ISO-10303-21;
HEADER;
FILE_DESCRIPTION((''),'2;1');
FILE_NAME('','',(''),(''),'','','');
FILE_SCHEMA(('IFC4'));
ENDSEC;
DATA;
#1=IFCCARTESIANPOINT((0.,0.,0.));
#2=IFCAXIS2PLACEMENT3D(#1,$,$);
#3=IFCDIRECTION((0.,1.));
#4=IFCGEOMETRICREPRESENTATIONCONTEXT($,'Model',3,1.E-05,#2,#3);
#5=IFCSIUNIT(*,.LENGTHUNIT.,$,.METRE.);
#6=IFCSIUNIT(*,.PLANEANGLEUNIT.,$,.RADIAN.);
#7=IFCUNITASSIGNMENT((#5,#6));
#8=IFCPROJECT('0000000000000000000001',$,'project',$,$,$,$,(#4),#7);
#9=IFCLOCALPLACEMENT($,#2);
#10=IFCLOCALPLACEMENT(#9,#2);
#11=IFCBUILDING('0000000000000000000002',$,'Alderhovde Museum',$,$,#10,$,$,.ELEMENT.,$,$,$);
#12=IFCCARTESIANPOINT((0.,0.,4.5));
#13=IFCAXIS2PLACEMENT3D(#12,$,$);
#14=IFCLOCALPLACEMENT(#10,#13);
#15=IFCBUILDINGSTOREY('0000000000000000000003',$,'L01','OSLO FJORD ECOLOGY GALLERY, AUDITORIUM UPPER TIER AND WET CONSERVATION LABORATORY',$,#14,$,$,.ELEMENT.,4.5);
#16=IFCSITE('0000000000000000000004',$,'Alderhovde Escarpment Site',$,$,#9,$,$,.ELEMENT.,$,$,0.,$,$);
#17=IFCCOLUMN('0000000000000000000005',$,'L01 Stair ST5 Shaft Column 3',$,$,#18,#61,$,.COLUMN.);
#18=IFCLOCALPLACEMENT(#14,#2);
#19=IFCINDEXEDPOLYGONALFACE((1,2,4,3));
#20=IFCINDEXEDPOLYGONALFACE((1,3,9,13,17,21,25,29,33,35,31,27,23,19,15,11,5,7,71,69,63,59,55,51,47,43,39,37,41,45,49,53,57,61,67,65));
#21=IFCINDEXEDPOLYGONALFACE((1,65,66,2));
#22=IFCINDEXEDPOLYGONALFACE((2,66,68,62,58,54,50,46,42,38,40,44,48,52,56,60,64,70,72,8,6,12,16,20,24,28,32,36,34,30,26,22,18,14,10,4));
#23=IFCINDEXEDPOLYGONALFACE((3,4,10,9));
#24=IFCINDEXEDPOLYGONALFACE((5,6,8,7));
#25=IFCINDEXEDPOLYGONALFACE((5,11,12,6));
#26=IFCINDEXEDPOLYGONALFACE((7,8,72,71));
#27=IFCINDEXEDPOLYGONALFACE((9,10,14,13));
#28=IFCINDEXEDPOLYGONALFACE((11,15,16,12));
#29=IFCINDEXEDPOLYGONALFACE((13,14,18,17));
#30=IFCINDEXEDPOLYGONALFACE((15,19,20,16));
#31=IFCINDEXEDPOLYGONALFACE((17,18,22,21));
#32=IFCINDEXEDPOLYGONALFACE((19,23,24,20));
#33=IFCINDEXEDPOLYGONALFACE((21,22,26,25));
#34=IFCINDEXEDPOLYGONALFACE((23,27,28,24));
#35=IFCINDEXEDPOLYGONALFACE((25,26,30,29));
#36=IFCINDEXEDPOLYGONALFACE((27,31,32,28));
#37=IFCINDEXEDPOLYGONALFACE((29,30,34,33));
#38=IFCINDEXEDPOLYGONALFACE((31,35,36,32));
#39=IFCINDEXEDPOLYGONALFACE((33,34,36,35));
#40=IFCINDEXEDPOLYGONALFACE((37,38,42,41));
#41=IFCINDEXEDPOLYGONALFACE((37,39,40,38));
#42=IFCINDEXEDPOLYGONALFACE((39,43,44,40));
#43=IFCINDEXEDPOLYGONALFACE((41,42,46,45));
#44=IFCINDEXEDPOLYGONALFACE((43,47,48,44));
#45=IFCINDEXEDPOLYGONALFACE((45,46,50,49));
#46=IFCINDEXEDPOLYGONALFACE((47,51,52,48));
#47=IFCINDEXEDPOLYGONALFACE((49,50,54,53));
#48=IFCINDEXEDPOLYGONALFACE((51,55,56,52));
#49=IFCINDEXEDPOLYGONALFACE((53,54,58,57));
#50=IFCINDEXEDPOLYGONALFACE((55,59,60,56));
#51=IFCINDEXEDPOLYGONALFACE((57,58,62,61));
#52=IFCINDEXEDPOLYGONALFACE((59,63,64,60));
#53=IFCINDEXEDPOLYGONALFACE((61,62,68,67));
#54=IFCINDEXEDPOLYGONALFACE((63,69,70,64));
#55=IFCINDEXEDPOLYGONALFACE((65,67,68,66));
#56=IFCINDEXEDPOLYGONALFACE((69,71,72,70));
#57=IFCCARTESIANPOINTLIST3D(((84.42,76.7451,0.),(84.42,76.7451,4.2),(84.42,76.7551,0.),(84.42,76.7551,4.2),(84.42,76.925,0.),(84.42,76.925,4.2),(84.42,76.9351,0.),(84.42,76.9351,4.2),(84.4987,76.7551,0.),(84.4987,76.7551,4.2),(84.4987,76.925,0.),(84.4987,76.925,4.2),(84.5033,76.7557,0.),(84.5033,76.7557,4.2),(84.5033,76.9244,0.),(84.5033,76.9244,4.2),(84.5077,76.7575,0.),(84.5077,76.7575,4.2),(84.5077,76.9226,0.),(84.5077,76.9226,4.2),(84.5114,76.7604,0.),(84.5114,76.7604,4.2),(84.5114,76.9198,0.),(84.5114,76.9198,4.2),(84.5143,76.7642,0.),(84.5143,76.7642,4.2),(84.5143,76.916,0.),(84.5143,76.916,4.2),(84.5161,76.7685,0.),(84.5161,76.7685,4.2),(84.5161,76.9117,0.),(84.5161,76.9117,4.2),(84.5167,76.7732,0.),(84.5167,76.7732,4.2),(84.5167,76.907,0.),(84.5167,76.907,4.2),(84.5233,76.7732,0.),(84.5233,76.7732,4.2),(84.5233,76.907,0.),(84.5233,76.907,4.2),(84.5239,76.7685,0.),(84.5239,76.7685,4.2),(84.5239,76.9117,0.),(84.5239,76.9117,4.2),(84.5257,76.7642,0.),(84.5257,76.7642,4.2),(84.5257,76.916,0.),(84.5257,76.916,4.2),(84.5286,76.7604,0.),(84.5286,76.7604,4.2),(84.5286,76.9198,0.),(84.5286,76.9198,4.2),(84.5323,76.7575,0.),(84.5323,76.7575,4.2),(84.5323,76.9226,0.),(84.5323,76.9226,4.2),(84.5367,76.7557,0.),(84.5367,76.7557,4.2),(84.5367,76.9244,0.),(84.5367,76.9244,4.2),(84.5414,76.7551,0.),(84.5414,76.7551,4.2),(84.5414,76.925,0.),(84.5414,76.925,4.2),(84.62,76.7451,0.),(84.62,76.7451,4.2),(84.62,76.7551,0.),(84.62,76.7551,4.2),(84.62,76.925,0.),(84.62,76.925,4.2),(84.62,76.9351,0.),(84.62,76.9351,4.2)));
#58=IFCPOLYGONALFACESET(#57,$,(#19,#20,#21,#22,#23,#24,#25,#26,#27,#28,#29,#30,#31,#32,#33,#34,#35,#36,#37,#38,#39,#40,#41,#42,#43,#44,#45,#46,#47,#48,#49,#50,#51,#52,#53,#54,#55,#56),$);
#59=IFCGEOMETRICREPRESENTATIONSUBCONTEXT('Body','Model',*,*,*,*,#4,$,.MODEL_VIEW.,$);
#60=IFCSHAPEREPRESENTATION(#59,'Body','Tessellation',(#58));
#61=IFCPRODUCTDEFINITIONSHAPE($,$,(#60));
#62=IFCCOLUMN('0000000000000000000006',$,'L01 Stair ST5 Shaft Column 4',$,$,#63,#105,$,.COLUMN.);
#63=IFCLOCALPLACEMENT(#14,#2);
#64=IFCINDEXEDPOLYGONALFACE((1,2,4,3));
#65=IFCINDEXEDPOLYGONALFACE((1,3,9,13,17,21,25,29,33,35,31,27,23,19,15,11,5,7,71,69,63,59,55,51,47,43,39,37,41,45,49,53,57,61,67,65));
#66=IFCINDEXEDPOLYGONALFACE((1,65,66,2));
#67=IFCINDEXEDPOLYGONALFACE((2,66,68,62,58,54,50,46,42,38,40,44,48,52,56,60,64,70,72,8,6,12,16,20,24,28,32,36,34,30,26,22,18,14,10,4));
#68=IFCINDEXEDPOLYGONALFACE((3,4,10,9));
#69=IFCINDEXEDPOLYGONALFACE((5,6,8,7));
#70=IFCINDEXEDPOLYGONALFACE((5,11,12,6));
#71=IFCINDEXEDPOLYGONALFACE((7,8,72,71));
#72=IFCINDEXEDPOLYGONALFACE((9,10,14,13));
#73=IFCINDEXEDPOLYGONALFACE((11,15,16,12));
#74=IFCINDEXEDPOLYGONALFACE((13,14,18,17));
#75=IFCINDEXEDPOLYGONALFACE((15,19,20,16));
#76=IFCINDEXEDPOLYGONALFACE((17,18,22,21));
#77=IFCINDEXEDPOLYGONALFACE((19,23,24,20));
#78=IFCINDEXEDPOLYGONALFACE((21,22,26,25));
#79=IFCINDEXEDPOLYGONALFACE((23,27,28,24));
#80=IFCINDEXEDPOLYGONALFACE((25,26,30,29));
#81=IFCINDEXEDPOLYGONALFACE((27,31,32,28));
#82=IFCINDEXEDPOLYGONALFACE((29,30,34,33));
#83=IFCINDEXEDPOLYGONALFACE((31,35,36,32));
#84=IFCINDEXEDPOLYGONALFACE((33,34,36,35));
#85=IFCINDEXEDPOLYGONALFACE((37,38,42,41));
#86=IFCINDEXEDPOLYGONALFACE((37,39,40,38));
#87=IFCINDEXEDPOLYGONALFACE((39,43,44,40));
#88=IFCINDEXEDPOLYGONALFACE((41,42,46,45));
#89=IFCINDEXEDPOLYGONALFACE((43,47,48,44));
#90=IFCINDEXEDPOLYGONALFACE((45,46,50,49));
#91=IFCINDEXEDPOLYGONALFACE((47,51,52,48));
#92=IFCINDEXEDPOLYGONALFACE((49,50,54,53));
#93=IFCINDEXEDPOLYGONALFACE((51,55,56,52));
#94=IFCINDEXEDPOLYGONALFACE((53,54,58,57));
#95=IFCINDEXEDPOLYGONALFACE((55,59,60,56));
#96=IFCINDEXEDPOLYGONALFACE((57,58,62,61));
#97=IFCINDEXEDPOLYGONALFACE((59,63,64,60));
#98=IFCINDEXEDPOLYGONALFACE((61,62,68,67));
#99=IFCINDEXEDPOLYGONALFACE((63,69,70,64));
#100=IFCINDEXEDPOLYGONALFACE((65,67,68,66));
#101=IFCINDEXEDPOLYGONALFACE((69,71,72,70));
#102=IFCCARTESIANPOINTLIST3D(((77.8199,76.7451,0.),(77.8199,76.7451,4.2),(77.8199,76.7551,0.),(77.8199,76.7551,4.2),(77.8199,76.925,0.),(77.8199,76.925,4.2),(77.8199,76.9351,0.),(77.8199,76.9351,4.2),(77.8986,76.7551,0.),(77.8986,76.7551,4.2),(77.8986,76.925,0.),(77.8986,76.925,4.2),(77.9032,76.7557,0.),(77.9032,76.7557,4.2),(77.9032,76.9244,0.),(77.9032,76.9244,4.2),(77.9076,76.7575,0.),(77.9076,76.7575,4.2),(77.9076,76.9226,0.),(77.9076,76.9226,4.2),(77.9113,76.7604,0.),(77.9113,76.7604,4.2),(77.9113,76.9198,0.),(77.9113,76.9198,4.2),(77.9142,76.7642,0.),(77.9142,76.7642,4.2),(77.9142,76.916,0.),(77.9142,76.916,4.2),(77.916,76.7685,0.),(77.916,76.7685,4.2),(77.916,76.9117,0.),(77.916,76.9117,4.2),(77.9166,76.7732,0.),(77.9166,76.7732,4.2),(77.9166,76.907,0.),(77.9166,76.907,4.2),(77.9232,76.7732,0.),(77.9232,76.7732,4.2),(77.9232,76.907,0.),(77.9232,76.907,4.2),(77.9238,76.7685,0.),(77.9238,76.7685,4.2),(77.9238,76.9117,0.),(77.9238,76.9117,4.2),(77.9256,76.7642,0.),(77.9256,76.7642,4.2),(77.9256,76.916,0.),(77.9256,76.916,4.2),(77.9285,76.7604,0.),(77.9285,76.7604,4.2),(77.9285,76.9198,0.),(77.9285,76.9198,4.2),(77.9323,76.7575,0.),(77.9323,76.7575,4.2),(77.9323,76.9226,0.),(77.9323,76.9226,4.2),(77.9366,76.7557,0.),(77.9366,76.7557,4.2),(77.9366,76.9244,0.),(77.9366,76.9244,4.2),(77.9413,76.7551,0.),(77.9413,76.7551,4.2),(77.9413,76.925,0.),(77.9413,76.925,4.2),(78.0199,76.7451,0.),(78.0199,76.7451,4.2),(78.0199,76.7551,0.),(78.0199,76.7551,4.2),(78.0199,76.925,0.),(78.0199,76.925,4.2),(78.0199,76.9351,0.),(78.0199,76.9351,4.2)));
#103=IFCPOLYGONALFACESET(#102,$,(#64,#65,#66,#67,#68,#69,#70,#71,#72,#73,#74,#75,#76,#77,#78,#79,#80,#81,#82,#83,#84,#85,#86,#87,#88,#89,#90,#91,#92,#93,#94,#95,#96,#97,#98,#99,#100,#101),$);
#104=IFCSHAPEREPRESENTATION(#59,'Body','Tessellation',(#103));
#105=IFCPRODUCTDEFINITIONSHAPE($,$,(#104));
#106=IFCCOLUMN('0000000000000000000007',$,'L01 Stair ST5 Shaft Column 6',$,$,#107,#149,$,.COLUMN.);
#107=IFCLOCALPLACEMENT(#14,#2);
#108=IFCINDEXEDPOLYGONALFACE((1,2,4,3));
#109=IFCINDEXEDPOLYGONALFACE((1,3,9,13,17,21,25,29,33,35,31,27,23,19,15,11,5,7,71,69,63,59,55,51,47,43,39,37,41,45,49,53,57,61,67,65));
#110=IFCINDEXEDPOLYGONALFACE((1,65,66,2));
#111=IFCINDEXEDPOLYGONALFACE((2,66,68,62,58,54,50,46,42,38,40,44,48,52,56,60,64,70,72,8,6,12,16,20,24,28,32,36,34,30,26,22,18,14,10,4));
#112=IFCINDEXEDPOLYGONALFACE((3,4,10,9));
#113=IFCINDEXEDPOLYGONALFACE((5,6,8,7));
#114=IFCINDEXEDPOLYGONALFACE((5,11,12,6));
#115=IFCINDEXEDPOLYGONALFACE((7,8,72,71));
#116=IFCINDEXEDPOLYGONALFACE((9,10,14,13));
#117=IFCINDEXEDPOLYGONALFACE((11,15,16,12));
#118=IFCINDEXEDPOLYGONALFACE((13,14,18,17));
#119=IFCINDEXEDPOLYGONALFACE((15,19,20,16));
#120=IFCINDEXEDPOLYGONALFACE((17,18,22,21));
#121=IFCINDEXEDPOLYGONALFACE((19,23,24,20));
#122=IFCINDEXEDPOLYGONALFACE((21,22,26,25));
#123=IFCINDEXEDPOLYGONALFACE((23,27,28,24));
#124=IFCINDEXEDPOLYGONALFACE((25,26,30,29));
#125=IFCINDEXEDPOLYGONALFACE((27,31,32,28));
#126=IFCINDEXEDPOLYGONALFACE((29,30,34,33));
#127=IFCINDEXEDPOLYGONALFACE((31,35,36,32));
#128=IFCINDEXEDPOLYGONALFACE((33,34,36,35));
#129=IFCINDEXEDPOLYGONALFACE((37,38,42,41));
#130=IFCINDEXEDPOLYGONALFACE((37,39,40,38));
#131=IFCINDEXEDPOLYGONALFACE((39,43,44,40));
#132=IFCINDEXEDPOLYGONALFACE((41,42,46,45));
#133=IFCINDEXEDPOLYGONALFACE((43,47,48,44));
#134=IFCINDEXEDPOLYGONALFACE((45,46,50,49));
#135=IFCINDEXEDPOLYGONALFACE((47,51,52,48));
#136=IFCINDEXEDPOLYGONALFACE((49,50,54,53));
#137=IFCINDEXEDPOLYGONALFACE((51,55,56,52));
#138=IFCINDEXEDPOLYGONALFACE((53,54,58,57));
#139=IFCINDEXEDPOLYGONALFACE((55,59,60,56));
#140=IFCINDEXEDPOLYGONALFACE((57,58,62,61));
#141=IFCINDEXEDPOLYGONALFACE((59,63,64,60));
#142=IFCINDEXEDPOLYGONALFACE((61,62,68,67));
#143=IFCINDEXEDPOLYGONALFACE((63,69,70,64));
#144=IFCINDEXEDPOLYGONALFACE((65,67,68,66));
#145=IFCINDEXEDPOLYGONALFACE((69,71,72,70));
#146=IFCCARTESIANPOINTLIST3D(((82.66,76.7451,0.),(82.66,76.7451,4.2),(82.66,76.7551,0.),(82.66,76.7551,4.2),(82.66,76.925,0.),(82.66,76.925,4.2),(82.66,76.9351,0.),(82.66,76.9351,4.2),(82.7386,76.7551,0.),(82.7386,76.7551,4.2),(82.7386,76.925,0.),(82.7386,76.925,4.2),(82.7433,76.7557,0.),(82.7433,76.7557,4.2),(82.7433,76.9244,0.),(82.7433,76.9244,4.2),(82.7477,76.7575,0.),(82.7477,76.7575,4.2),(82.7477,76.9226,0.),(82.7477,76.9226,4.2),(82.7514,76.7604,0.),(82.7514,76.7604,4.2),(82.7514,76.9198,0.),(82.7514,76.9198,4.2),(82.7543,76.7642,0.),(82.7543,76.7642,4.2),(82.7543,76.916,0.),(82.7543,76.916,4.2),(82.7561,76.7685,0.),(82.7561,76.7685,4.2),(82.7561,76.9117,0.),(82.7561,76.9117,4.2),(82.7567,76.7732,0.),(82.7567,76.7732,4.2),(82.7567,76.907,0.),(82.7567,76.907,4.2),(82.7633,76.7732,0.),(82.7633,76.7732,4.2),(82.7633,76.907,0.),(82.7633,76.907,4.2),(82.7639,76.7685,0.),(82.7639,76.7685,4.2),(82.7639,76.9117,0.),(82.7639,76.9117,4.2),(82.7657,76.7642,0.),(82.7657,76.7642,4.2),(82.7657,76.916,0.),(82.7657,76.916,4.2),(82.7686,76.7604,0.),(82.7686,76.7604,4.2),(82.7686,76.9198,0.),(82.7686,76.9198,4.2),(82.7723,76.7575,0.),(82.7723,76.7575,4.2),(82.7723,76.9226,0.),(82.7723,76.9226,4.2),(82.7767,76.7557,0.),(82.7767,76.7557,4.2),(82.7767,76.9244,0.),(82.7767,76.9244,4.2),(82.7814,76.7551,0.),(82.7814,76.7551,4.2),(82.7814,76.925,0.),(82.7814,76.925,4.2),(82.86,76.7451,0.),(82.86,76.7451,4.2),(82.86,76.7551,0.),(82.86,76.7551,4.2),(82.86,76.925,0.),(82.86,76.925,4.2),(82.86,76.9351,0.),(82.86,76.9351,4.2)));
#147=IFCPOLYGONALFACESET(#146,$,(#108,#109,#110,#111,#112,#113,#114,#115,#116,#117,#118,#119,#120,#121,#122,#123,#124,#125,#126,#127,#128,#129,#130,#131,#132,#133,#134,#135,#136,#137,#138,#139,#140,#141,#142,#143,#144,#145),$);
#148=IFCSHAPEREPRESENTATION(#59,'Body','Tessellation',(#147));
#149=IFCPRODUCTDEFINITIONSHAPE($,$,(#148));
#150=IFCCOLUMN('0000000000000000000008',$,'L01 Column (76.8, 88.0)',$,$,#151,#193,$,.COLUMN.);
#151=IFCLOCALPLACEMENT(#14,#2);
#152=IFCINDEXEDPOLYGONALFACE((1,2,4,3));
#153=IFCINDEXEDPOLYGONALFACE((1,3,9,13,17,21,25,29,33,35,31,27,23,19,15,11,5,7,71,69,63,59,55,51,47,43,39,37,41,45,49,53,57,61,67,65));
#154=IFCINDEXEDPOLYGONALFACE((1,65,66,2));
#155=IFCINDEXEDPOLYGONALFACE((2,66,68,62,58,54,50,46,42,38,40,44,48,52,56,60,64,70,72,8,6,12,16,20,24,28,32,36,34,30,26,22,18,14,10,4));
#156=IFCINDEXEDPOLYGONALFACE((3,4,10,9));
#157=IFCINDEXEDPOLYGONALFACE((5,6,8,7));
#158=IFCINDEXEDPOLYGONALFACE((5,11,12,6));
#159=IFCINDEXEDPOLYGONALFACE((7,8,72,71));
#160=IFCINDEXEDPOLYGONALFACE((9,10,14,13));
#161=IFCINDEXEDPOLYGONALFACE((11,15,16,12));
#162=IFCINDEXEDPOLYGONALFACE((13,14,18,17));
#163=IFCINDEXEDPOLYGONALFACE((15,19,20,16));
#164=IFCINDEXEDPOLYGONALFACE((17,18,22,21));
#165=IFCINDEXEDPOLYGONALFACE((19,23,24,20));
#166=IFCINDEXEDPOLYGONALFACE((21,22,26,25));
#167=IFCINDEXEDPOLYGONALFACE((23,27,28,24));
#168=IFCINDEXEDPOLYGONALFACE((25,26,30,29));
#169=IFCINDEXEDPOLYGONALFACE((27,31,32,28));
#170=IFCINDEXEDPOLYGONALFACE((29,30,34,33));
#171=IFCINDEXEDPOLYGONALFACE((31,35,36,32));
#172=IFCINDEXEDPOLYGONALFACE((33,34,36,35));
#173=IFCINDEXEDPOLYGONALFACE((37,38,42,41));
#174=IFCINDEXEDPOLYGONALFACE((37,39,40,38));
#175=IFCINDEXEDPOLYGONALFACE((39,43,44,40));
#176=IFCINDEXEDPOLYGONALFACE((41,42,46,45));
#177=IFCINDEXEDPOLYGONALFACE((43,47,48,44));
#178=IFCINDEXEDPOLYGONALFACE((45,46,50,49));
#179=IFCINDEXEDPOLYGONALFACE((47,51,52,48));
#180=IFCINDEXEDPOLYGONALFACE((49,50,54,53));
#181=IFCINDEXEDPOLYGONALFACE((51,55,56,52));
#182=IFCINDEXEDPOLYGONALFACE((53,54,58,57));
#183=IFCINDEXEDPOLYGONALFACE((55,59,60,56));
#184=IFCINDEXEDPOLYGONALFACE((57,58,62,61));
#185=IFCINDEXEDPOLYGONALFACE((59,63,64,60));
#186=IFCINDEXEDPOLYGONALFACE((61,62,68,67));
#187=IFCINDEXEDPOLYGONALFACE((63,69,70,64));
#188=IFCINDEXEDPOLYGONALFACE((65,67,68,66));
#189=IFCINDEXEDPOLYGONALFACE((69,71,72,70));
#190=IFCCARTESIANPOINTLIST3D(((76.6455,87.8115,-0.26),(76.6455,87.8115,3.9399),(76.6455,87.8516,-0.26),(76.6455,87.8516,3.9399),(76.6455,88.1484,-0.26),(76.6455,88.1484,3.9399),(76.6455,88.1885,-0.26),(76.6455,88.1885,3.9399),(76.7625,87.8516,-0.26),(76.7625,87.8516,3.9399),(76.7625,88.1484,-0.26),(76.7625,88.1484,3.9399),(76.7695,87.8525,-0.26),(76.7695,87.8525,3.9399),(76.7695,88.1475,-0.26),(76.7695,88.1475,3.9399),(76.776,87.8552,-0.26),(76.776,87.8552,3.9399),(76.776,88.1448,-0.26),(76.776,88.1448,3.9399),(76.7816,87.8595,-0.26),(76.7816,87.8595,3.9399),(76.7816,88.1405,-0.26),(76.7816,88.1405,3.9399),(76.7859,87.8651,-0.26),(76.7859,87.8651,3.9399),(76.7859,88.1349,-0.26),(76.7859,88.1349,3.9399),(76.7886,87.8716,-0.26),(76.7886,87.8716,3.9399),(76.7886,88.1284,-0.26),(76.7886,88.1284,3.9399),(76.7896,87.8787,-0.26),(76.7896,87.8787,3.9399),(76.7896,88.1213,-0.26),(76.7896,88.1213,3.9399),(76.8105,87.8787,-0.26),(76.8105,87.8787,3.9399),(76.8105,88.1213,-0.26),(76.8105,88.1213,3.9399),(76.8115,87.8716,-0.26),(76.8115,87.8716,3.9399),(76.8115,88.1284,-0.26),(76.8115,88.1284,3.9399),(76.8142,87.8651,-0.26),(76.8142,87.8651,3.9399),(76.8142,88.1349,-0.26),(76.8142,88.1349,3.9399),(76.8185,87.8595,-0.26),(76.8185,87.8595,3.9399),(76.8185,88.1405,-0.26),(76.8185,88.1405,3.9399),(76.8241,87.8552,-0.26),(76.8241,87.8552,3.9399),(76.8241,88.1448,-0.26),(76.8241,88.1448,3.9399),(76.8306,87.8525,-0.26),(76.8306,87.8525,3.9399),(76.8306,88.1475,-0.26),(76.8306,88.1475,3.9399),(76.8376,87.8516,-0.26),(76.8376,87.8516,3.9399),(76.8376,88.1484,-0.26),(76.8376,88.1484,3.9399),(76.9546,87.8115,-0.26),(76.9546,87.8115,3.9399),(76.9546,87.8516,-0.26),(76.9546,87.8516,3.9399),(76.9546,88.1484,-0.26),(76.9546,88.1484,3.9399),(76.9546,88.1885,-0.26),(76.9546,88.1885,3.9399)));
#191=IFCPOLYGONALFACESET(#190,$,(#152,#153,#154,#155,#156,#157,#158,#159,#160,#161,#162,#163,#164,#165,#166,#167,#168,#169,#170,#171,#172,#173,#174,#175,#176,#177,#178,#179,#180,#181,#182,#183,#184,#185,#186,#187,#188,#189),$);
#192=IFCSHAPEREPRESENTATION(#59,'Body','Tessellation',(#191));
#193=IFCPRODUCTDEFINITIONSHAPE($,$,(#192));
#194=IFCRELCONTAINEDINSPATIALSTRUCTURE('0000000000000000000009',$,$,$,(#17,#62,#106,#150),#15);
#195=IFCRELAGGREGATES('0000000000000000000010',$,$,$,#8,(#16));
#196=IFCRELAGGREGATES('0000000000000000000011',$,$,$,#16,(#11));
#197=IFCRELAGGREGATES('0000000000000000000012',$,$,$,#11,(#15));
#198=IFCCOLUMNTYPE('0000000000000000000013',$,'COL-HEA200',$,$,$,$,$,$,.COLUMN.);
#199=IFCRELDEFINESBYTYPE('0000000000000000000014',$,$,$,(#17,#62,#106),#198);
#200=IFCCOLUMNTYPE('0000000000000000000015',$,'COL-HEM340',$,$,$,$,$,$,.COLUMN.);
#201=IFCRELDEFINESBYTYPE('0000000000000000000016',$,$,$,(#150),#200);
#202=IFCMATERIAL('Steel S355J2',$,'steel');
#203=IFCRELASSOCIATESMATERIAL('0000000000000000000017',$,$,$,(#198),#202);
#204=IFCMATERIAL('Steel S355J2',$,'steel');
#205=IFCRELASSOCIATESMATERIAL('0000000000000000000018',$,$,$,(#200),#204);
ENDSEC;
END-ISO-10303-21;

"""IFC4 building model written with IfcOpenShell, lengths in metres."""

from ifc_helpers import new_model, si_unit, direction, frame, origin, origin_2d, place, context, subcontext, project, spatial, i_section, extrude, material, material_profile, profile_set, type_object, element, save


model = new_model("IFC4")

# Units and contexts
model_context = context("Model", 3, precision=1e-05, world=origin(), true_north=direction((0.0, 1.0)))
body_context = subcontext(model_context, "Body", "Model", "MODEL_VIEW")
ifc_project = project(units=[si_unit("LENGTHUNIT", "METRE"), si_unit("PLANEANGLEUNIT", "RADIAN")], contexts=[model_context])

# Site, building, storey
site_placement = place(None, origin())
site = spatial("IfcSite", under=ifc_project, at=site_placement, Name="Alderhovde Escarpment Site", CompositionType="ELEMENT", RefElevation=0.0)
building_placement = place(site_placement, origin())
building = spatial("IfcBuilding", under=site, at=building_placement, Name="Alderhovde Museum", CompositionType="ELEMENT")
storey_placement = place(building_placement, frame((0.0, 0.0, 4.5)))
storey = spatial("IfcBuildingStorey", under=building, at=storey_placement, Name="L01", Description="OSLO FJORD ECOLOGY GALLERY, AUDITORIUM UPPER TIER AND WET CONSERVATION LABORATORY", CompositionType="ELEMENT", Elevation=4.5)

# Columns
ifc_material_1 = material(Name="Steel S355J2", Category="steel")
ifc_material_profile_1 = material_profile(ifc_material_1, i_section(OverallWidth=0.2, OverallDepth=0.1899, WebThickness=0.0066, FlangeThickness=0.01, FilletRadius=0.0181, at=origin_2d()), Name="HEA 200")
ifc_profile_set_1 = profile_set([ifc_material_profile_1], Name="Steel S355J2")
column_type_1 = type_object("IfcColumnType", Name="COL-HEA200", PredefinedType="COLUMN", material=ifc_profile_set_1)
for number, where, z_axis, x_axis, name in (
    (1, (84.52, 76.8401, 0.0), (0.0, 0.0, 1.0), (1.0, 0.0, 0.0), "L01 Stair ST5 Shaft Column 3"),
    (2, (77.9199, 76.8401, 0.0), (0.0, 0.0, 1.0), (1.0, 0.0, 0.0), "L01 Stair ST5 Shaft Column 4"),
    (3, (82.76, 76.8401, 0.0), (0.0, 0.0, 1.0), (1.0, 0.0, 0.0), "L01 Stair ST5 Shaft Column 6"),
):
    element("IfcColumn", number, at=place(storey_placement, frame(where, z_axis=z_axis, x_axis=x_axis)), inside=storey, type_object=column_type_1, Name=name, PredefinedType="COLUMN", context=body_context, shape_type="SweptSolid", body=[
        extrude(i_section(OverallWidth=0.2, OverallDepth=0.1899, WebThickness=0.0066, FlangeThickness=0.01, FilletRadius=0.0181, at=origin_2d()), origin(), (0.0, 0.0, 1.0), 4.2),
    ])
ifc_material_2 = material(Name="Steel S355J2", Category="steel")
ifc_material_profile_2 = material_profile(ifc_material_2, i_section(OverallWidth=0.3091, OverallDepth=0.377, WebThickness=0.021, FlangeThickness=0.04, FilletRadius=0.0271, at=origin_2d()), Name="HEM 340")
ifc_profile_set_2 = profile_set([ifc_material_profile_2], Name="Steel S355J2")
column_type_2 = type_object("IfcColumnType", Name="COL-HEM340", PredefinedType="COLUMN", material=ifc_profile_set_2)
for number, where, z_axis, x_axis, name in (
    (4, (76.8, 88.0, -0.26), (0.0, 0.0, 1.0), (1.0, 0.0, 0.0), "L01 Column (76.8, 88.0)"),
):
    element("IfcColumn", number, at=place(storey_placement, frame(where, z_axis=z_axis, x_axis=x_axis)), inside=storey, type_object=column_type_2, Name=name, PredefinedType="COLUMN", context=body_context, shape_type="SweptSolid", body=[
        extrude(i_section(OverallWidth=0.3091, OverallDepth=0.377, WebThickness=0.021, FlangeThickness=0.04, FilletRadius=0.0271, at=origin_2d()), origin(), (0.0, 0.0, 1.0), 4.2),
    ])

save(model, "model.ifc")
